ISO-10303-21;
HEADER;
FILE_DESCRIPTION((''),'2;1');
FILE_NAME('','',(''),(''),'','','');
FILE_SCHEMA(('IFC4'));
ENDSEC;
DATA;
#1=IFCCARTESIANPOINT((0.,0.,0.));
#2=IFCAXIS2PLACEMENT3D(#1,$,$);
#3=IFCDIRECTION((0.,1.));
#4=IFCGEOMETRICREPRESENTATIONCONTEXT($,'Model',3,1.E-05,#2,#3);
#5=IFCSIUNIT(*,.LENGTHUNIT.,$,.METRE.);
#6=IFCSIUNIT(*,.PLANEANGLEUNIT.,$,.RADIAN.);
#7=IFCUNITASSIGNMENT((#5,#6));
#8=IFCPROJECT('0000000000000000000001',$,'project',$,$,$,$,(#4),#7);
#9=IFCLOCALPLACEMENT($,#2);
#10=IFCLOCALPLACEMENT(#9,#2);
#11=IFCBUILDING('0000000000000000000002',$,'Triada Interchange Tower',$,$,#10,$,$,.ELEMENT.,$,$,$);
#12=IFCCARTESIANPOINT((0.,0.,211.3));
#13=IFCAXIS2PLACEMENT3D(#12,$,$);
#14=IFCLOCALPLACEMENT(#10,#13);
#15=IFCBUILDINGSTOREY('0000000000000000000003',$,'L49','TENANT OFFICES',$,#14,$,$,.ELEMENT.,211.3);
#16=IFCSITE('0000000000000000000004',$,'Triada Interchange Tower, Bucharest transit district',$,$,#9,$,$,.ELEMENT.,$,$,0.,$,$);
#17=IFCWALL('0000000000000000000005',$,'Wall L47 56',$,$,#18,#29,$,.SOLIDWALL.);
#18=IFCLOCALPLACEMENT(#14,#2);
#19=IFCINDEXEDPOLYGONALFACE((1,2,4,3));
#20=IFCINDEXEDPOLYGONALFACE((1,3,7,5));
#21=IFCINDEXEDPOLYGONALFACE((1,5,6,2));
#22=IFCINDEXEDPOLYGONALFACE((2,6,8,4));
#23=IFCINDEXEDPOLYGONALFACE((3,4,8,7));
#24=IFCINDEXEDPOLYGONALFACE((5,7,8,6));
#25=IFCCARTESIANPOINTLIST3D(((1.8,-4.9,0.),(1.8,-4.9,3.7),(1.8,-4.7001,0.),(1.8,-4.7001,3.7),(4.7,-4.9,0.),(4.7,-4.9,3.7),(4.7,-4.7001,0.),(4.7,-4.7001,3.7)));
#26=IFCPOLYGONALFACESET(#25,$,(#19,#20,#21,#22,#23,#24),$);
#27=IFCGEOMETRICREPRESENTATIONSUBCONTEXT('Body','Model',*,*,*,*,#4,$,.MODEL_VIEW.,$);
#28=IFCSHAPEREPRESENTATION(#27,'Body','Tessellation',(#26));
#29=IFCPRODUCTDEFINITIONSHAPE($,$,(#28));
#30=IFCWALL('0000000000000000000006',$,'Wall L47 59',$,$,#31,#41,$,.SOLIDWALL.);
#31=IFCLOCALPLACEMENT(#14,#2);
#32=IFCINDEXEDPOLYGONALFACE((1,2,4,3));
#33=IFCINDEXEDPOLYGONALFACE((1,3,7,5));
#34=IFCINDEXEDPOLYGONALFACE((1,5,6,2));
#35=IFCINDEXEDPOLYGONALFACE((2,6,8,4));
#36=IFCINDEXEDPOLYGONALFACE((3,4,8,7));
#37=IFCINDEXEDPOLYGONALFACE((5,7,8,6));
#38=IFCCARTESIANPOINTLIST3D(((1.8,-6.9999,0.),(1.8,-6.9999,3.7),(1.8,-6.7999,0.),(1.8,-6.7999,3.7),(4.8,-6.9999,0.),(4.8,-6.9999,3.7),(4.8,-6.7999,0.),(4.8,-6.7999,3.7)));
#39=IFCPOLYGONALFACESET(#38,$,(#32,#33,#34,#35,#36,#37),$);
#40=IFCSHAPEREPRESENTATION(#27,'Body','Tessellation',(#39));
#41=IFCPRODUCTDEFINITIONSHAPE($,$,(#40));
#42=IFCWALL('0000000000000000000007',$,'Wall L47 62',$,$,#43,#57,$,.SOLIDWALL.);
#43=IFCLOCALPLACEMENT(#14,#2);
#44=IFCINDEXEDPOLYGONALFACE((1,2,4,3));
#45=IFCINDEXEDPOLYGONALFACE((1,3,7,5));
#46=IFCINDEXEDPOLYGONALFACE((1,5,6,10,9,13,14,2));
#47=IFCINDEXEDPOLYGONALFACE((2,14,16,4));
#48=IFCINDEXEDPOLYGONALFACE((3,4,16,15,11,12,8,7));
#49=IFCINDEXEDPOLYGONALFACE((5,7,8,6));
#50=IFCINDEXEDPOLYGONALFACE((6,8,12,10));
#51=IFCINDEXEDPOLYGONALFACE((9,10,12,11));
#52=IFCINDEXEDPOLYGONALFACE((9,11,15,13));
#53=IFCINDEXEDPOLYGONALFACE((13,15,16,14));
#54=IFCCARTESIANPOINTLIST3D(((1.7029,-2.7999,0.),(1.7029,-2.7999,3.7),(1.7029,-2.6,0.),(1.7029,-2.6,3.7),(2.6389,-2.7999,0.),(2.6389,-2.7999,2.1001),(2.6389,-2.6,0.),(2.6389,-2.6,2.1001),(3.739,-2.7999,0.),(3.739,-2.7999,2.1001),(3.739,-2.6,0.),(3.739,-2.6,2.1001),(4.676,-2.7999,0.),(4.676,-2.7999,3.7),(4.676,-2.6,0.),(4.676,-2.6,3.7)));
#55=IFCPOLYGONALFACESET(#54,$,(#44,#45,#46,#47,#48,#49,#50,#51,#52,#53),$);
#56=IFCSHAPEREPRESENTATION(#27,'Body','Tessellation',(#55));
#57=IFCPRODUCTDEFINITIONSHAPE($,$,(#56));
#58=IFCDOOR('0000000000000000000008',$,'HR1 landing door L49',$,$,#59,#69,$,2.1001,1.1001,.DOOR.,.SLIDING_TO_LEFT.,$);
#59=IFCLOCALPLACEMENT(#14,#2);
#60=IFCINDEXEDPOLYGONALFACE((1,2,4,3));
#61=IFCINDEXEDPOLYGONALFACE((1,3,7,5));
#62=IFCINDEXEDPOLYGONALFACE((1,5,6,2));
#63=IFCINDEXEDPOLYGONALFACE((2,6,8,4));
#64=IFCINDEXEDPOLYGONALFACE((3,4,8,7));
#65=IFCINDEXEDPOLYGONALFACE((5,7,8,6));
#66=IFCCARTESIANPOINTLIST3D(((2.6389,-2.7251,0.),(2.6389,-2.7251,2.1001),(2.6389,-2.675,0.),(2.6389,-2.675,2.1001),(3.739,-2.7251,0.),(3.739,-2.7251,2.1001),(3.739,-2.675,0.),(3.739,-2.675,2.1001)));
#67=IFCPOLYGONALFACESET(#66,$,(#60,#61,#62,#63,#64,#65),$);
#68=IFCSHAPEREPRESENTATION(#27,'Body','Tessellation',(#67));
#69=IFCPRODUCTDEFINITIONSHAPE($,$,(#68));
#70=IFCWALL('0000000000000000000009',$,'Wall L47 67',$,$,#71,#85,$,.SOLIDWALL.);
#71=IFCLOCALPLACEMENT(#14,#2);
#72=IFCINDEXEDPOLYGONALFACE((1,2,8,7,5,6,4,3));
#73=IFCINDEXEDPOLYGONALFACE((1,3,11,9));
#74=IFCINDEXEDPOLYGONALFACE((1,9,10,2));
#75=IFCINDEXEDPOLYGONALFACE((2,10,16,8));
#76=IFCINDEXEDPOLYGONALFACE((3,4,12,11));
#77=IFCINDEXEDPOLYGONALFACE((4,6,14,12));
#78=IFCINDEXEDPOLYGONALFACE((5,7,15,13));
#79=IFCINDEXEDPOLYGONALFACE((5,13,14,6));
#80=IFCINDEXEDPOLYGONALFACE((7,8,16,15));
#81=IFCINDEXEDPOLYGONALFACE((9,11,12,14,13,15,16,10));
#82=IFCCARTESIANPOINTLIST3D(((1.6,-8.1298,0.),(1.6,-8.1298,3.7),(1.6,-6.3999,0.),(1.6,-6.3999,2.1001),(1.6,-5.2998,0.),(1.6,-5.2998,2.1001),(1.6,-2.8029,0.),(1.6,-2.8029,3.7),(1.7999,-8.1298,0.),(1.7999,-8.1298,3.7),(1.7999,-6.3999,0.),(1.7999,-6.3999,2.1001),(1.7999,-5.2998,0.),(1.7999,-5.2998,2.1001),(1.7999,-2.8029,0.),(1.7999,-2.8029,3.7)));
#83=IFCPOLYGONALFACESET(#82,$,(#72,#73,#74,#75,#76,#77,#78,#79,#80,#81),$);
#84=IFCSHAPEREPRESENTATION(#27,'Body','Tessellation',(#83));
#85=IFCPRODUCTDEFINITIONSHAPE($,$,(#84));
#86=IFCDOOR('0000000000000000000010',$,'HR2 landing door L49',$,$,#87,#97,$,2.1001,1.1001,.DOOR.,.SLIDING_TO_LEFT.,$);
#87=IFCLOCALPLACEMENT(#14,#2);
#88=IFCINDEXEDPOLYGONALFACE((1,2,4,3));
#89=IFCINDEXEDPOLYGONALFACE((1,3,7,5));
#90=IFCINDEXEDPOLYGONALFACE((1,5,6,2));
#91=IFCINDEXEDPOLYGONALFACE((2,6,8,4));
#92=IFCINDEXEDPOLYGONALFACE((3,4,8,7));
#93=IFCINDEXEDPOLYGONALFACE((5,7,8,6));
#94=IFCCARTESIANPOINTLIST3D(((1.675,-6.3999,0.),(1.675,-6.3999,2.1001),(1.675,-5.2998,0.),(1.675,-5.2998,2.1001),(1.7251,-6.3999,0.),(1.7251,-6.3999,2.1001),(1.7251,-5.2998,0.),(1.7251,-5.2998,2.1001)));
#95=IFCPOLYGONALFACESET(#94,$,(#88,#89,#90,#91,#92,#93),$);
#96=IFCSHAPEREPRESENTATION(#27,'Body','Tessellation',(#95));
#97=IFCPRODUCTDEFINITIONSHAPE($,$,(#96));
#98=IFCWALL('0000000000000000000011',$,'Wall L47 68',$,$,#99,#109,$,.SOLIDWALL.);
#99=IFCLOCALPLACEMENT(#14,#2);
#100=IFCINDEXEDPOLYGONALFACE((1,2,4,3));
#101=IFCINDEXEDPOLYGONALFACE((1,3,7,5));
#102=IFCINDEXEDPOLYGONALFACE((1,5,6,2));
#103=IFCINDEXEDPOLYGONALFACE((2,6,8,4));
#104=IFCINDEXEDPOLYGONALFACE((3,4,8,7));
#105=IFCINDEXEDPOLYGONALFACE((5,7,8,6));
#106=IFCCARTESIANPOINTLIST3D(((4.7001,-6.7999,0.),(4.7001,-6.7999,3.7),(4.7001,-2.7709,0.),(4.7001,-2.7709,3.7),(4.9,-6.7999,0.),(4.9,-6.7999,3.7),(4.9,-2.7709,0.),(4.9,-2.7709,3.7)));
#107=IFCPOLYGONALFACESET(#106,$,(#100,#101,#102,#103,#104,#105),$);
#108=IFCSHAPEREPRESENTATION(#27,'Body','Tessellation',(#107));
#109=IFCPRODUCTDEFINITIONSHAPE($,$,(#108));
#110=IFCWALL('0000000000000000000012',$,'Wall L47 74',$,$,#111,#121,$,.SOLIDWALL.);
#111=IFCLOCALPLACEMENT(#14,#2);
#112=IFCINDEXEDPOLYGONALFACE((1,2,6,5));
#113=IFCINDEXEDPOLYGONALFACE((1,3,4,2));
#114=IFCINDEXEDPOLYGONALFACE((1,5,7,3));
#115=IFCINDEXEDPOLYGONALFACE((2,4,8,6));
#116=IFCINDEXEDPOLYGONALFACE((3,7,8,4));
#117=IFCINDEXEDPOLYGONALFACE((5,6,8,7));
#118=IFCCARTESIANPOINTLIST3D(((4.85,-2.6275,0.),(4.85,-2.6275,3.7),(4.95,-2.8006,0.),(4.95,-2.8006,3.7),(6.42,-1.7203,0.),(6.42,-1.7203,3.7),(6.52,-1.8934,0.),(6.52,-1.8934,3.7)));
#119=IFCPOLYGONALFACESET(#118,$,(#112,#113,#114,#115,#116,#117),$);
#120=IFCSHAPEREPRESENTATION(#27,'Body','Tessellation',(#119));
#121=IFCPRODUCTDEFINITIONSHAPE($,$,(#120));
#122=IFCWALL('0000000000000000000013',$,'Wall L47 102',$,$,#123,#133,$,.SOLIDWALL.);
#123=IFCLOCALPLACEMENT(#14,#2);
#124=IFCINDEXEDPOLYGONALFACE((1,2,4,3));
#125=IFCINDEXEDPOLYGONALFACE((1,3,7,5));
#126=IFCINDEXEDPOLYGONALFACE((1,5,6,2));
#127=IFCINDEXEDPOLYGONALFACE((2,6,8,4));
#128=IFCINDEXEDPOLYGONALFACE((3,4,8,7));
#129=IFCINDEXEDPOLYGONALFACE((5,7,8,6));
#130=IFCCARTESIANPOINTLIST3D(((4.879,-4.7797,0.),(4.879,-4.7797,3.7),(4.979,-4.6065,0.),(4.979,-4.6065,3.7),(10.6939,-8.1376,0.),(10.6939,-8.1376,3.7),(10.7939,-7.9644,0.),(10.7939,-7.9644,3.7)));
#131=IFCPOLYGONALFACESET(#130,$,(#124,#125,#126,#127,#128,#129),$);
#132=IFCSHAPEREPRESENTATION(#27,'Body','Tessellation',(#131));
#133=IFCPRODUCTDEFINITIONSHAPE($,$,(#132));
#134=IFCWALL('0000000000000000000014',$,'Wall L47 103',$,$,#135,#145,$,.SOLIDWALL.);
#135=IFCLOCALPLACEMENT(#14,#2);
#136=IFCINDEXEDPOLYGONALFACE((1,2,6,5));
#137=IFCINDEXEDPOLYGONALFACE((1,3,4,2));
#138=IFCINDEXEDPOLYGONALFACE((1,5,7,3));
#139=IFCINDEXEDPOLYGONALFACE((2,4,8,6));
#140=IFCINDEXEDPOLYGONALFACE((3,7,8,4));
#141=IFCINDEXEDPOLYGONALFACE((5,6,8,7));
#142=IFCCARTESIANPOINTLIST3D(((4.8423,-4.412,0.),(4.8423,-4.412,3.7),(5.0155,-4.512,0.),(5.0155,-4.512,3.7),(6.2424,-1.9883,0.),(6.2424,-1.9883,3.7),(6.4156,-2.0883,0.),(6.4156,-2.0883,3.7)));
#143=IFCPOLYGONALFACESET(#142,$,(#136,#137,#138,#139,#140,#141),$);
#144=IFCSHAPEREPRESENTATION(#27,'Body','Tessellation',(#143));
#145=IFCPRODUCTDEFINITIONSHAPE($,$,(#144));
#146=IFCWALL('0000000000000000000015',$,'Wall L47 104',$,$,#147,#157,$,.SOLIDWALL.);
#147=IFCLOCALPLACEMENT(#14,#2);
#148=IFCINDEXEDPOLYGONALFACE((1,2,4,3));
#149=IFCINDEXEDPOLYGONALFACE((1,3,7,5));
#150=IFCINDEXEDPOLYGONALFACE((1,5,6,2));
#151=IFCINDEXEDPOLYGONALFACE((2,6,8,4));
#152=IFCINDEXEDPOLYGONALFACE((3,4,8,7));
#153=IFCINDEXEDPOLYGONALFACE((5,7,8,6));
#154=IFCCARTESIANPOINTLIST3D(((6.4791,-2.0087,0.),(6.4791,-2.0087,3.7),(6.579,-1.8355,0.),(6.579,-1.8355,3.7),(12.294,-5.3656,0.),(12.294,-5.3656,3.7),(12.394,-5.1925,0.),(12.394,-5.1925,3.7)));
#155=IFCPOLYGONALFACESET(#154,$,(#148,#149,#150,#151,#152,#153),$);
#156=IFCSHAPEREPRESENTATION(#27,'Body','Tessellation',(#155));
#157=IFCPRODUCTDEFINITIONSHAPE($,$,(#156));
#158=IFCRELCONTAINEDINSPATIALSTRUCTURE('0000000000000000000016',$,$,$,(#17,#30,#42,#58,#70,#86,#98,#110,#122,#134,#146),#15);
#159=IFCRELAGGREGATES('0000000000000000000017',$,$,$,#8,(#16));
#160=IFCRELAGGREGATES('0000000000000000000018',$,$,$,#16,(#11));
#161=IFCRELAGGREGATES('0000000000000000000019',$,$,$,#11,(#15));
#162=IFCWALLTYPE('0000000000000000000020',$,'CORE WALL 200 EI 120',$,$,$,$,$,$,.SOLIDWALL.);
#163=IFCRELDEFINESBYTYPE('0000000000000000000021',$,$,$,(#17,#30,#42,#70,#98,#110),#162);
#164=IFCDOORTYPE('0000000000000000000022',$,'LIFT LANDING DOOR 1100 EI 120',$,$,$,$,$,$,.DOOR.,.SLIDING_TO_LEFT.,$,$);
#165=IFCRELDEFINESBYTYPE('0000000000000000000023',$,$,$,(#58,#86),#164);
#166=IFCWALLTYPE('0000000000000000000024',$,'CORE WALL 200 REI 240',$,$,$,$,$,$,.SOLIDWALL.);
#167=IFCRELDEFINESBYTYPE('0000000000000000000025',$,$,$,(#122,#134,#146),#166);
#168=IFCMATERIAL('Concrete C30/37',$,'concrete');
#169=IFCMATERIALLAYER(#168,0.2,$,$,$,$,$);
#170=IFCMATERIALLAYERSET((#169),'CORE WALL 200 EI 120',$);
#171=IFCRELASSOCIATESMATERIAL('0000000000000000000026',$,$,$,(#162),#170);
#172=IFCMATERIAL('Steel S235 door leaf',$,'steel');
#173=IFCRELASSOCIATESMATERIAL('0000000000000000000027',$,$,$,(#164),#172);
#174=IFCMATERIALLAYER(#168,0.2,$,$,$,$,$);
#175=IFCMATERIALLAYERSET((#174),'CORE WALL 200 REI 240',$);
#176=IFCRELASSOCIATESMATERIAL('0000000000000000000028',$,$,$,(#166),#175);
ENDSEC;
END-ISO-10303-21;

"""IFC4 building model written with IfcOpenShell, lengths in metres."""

from ifc_helpers import new_model, si_unit, direction, frame, frame_2d, origin, place, context, subcontext, project, spatial, rectangle, extrude, material, layer, layer_set, type_object, element, fill, save


model = new_model("IFC4")

# Units and contexts
model_context = context("Model", 3, precision=1e-05, world=origin(), true_north=direction((0.0, 1.0)))
body_context = subcontext(model_context, "Body", "Model", "MODEL_VIEW")
ifc_project = project(units=[si_unit("LENGTHUNIT", "METRE"), si_unit("PLANEANGLEUNIT", "RADIAN")], contexts=[model_context])

# Site, building, storey
site_placement = place(None, origin())
site = spatial("IfcSite", under=ifc_project, at=site_placement, Name="Triada Interchange Tower, Bucharest transit district", CompositionType="ELEMENT", RefElevation=0.0)
building_placement = place(site_placement, origin())
building = spatial("IfcBuilding", under=site, at=building_placement, Name="Triada Interchange Tower", CompositionType="ELEMENT")
storey_placement = place(building_placement, frame((0.0, 0.0, 211.3)))
storey = spatial("IfcBuildingStorey", under=building, at=storey_placement, Name="L49", Description="TENANT OFFICES", CompositionType="ELEMENT", Elevation=211.3)

# Walls
ifc_material_1 = material(Name="Concrete C30/37", Category="concrete")
ifc_layer_1 = layer(ifc_material_1, 0.2)
ifc_layer_set_1 = layer_set([ifc_layer_1], Name="CORE WALL 200 EI 120")
wall_type_1 = type_object("IfcWallType", Name="CORE WALL 200 EI 120", PredefinedType="SOLIDWALL", material=ifc_layer_set_1)
wall_1_placement = place(storey_placement, frame((1.8, -4.8, 0.0), z_axis=(0.0, 0.0, 1.0), x_axis=(1.0, 0.0, 0.0)))
element("IfcWall", 1, at=wall_1_placement, inside=storey, type_object=wall_type_1, Name="Wall L47 56", PredefinedType="SOLIDWALL", context=body_context, shape_type="SweptSolid", body=[
    extrude(rectangle(XDim=2.8999, YDim=0.2, at=frame_2d((1.45, 0.0))), origin(), (0.0, 0.0, 1.0), 3.7),
])
wall_2_placement = place(storey_placement, frame((1.8, -6.8999, 0.0), z_axis=(0.0, 0.0, 1.0), x_axis=(1.0, 0.0, 0.0)))
element("IfcWall", 2, at=wall_2_placement, inside=storey, type_object=wall_type_1, Name="Wall L47 59", PredefinedType="SOLIDWALL", context=body_context, shape_type="SweptSolid", body=[
    extrude(rectangle(XDim=3.0, YDim=0.2, at=frame_2d((1.5, 0.0))), origin(), (0.0, 0.0, 1.0), 3.7),
])

# Walls, openings, doors
wall_3_placement = place(storey_placement, frame((1.7029, -2.7, 0.0), z_axis=(0.0, 0.0, 1.0), x_axis=(1.0, 0.0, 0.0)))
wall_3 = element("IfcWall", 3, at=wall_3_placement, inside=storey, type_object=wall_type_1, Name="Wall L47 62", PredefinedType="SOLIDWALL", context=body_context, shape_type="SweptSolid", body=[
    extrude(rectangle(XDim=2.9731, YDim=0.2, at=frame_2d((1.4866, 0.0))), origin(), (0.0, 0.0, 1.0), 3.7),
])
opening_1_placement = place(wall_3_placement, frame((0.936, 0.0, 0.0)))
opening_1 = element("IfcOpeningElement", 4, at=opening_1_placement, cuts=wall_3, PredefinedType="OPENING", context=body_context, shape_type="SweptSolid", body=[
    extrude(rectangle(XDim=1.1001, YDim=2.1001, at=frame_2d((0.55, 1.05))), frame((0.0, 0.1099, 0.0), z_axis=(0.0, -1.0, 0.0), x_axis=(1.0, 0.0, 0.0)), (0.0, 0.0, 1.0), 0.22),
])
ifc_material_2 = material(Name="Steel S235 door leaf", Category="steel")
door_type_1 = type_object("IfcDoorType", Name="LIFT LANDING DOOR 1100 EI 120", OperationType="SLIDING_TO_LEFT", PredefinedType="DOOR", material=ifc_material_2)
door_1_placement = place(opening_1_placement, origin())
door_1 = element("IfcDoor", 5, at=door_1_placement, inside=storey, type_object=door_type_1, Name="HR1 landing door L49", OperationType="SLIDING_TO_LEFT", OverallHeight=2.1001, OverallWidth=1.1001, PredefinedType="DOOR", context=body_context, shape_type="SweptSolid", body=[
    extrude(rectangle(XDim=1.1001, YDim=2.1001, at=frame_2d((0.55, 1.05))), frame((0.0, 0.0249, 0.0), z_axis=(0.0, -1.0, 0.0), x_axis=(1.0, 0.0, 0.0)), (0.0, 0.0, 1.0), 0.05),
])
fill(opening_1, door_1)
wall_4_placement = place(storey_placement, frame((1.7, -8.1299, 0.0), z_axis=(0.0, 0.0, 1.0), x_axis=(0.0, 1.0, 0.0)))
wall_4 = element("IfcWall", 6, at=wall_4_placement, inside=storey, type_object=wall_type_1, Name="Wall L47 67", PredefinedType="SOLIDWALL", context=body_context, shape_type="SweptSolid", body=[
    extrude(rectangle(XDim=5.3269, YDim=0.2, at=frame_2d((2.6636, 0.0))), origin(), (0.0, 0.0, 1.0), 3.7),
])
opening_2_placement = place(wall_4_placement, frame((1.73, 0.0, 0.0)))
opening_2 = element("IfcOpeningElement", 7, at=opening_2_placement, cuts=wall_4, PredefinedType="OPENING", context=body_context, shape_type="SweptSolid", body=[
    extrude(rectangle(XDim=1.1001, YDim=2.1001, at=frame_2d((0.55, 1.05))), frame((0.0, 0.1099, 0.0), z_axis=(0.0, -1.0, 0.0), x_axis=(1.0, 0.0, 0.0)), (0.0, 0.0, 1.0), 0.22),
])
door_2_placement = place(opening_2_placement, origin())
door_2 = element("IfcDoor", 8, at=door_2_placement, inside=storey, type_object=door_type_1, Name="HR2 landing door L49", OperationType="SLIDING_TO_LEFT", OverallHeight=2.1001, OverallWidth=1.1001, PredefinedType="DOOR", context=body_context, shape_type="SweptSolid", body=[
    extrude(rectangle(XDim=1.1001, YDim=2.1001, at=frame_2d((0.55, 1.05))), frame((0.0, 0.0249, 0.0), z_axis=(0.0, -1.0, 0.0), x_axis=(1.0, 0.0, 0.0)), (0.0, 0.0, 1.0), 0.05),
])
fill(opening_2, door_2)

# Walls
wall_5_placement = place(storey_placement, frame((4.8, -6.8, 0.0), z_axis=(0.0, 0.0, 1.0), x_axis=(0.0, 1.0, 0.0)))
element("IfcWall", 9, at=wall_5_placement, inside=storey, type_object=wall_type_1, Name="Wall L47 68", PredefinedType="SOLIDWALL", context=body_context, shape_type="SweptSolid", body=[
    extrude(rectangle(XDim=4.0291, YDim=0.2, at=frame_2d((2.0146, 0.0))), origin(), (0.0, 0.0, 1.0), 3.7),
])
wall_6_placement = place(storey_placement, frame((4.8999, -2.7141, 0.0), z_axis=(0.0, 0.0, 1.0), x_axis=(0.865847, 0.500309, 0.0)))
element("IfcWall", 10, at=wall_6_placement, inside=storey, type_object=wall_type_1, Name="Wall L47 74", PredefinedType="SOLIDWALL", context=body_context, shape_type="SweptSolid", body=[
    extrude(rectangle(XDim=1.8132, YDim=0.2, at=frame_2d((0.9067, 0.0))), origin(), (0.0, 0.0, 1.0), 3.7),
])
ifc_layer_2 = layer(ifc_material_1, 0.2)
ifc_layer_set_2 = layer_set([ifc_layer_2], Name="CORE WALL 200 REI 240")
wall_type_2 = type_object("IfcWallType", Name="CORE WALL 200 REI 240", PredefinedType="SOLIDWALL", material=ifc_layer_set_2)
wall_7_placement = place(storey_placement, frame((4.929, -4.6931, 0.0), z_axis=(0.0, 0.0, 1.0), x_axis=(0.865983, -0.500073, 0.0)))
element("IfcWall", 11, at=wall_7_placement, inside=storey, type_object=wall_type_2, Name="Wall L47 102", PredefinedType="SOLIDWALL", context=body_context, shape_type="SweptSolid", body=[
    extrude(rectangle(XDim=6.7148, YDim=0.2, at=frame_2d((3.3574, 0.0))), origin(), (0.0, 0.0, 1.0), 3.7),
])
wall_8_placement = place(storey_placement, frame((4.929, -4.4619, 0.0), z_axis=(0.0, 0.0, 1.0), x_axis=(0.500201, 0.86591, 0.0)))
element("IfcWall", 12, at=wall_8_placement, inside=storey, type_object=wall_type_2, Name="Wall L47 103", PredefinedType="SOLIDWALL", context=body_context, shape_type="SweptSolid", body=[
    extrude(rectangle(XDim=2.7991, YDim=0.2, at=frame_2d((1.3994, 0.0))), origin(), (0.0, 0.0, 1.0), 3.7),
])
wall_9_placement = place(storey_placement, frame((6.5291, -1.9221, 0.0), z_axis=(0.0, 0.0, 1.0), x_axis=(0.866046, -0.499964, 0.0)))
element("IfcWall", 13, at=wall_9_placement, inside=storey, type_object=wall_type_2, Name="Wall L47 104", PredefinedType="SOLIDWALL", context=body_context, shape_type="SweptSolid", body=[
    extrude(rectangle(XDim=6.7144, YDim=0.2, at=frame_2d((3.3572, 0.0))), origin(), (0.0, 0.0, 1.0), 3.7),
])

save(model, "model.ifc")
